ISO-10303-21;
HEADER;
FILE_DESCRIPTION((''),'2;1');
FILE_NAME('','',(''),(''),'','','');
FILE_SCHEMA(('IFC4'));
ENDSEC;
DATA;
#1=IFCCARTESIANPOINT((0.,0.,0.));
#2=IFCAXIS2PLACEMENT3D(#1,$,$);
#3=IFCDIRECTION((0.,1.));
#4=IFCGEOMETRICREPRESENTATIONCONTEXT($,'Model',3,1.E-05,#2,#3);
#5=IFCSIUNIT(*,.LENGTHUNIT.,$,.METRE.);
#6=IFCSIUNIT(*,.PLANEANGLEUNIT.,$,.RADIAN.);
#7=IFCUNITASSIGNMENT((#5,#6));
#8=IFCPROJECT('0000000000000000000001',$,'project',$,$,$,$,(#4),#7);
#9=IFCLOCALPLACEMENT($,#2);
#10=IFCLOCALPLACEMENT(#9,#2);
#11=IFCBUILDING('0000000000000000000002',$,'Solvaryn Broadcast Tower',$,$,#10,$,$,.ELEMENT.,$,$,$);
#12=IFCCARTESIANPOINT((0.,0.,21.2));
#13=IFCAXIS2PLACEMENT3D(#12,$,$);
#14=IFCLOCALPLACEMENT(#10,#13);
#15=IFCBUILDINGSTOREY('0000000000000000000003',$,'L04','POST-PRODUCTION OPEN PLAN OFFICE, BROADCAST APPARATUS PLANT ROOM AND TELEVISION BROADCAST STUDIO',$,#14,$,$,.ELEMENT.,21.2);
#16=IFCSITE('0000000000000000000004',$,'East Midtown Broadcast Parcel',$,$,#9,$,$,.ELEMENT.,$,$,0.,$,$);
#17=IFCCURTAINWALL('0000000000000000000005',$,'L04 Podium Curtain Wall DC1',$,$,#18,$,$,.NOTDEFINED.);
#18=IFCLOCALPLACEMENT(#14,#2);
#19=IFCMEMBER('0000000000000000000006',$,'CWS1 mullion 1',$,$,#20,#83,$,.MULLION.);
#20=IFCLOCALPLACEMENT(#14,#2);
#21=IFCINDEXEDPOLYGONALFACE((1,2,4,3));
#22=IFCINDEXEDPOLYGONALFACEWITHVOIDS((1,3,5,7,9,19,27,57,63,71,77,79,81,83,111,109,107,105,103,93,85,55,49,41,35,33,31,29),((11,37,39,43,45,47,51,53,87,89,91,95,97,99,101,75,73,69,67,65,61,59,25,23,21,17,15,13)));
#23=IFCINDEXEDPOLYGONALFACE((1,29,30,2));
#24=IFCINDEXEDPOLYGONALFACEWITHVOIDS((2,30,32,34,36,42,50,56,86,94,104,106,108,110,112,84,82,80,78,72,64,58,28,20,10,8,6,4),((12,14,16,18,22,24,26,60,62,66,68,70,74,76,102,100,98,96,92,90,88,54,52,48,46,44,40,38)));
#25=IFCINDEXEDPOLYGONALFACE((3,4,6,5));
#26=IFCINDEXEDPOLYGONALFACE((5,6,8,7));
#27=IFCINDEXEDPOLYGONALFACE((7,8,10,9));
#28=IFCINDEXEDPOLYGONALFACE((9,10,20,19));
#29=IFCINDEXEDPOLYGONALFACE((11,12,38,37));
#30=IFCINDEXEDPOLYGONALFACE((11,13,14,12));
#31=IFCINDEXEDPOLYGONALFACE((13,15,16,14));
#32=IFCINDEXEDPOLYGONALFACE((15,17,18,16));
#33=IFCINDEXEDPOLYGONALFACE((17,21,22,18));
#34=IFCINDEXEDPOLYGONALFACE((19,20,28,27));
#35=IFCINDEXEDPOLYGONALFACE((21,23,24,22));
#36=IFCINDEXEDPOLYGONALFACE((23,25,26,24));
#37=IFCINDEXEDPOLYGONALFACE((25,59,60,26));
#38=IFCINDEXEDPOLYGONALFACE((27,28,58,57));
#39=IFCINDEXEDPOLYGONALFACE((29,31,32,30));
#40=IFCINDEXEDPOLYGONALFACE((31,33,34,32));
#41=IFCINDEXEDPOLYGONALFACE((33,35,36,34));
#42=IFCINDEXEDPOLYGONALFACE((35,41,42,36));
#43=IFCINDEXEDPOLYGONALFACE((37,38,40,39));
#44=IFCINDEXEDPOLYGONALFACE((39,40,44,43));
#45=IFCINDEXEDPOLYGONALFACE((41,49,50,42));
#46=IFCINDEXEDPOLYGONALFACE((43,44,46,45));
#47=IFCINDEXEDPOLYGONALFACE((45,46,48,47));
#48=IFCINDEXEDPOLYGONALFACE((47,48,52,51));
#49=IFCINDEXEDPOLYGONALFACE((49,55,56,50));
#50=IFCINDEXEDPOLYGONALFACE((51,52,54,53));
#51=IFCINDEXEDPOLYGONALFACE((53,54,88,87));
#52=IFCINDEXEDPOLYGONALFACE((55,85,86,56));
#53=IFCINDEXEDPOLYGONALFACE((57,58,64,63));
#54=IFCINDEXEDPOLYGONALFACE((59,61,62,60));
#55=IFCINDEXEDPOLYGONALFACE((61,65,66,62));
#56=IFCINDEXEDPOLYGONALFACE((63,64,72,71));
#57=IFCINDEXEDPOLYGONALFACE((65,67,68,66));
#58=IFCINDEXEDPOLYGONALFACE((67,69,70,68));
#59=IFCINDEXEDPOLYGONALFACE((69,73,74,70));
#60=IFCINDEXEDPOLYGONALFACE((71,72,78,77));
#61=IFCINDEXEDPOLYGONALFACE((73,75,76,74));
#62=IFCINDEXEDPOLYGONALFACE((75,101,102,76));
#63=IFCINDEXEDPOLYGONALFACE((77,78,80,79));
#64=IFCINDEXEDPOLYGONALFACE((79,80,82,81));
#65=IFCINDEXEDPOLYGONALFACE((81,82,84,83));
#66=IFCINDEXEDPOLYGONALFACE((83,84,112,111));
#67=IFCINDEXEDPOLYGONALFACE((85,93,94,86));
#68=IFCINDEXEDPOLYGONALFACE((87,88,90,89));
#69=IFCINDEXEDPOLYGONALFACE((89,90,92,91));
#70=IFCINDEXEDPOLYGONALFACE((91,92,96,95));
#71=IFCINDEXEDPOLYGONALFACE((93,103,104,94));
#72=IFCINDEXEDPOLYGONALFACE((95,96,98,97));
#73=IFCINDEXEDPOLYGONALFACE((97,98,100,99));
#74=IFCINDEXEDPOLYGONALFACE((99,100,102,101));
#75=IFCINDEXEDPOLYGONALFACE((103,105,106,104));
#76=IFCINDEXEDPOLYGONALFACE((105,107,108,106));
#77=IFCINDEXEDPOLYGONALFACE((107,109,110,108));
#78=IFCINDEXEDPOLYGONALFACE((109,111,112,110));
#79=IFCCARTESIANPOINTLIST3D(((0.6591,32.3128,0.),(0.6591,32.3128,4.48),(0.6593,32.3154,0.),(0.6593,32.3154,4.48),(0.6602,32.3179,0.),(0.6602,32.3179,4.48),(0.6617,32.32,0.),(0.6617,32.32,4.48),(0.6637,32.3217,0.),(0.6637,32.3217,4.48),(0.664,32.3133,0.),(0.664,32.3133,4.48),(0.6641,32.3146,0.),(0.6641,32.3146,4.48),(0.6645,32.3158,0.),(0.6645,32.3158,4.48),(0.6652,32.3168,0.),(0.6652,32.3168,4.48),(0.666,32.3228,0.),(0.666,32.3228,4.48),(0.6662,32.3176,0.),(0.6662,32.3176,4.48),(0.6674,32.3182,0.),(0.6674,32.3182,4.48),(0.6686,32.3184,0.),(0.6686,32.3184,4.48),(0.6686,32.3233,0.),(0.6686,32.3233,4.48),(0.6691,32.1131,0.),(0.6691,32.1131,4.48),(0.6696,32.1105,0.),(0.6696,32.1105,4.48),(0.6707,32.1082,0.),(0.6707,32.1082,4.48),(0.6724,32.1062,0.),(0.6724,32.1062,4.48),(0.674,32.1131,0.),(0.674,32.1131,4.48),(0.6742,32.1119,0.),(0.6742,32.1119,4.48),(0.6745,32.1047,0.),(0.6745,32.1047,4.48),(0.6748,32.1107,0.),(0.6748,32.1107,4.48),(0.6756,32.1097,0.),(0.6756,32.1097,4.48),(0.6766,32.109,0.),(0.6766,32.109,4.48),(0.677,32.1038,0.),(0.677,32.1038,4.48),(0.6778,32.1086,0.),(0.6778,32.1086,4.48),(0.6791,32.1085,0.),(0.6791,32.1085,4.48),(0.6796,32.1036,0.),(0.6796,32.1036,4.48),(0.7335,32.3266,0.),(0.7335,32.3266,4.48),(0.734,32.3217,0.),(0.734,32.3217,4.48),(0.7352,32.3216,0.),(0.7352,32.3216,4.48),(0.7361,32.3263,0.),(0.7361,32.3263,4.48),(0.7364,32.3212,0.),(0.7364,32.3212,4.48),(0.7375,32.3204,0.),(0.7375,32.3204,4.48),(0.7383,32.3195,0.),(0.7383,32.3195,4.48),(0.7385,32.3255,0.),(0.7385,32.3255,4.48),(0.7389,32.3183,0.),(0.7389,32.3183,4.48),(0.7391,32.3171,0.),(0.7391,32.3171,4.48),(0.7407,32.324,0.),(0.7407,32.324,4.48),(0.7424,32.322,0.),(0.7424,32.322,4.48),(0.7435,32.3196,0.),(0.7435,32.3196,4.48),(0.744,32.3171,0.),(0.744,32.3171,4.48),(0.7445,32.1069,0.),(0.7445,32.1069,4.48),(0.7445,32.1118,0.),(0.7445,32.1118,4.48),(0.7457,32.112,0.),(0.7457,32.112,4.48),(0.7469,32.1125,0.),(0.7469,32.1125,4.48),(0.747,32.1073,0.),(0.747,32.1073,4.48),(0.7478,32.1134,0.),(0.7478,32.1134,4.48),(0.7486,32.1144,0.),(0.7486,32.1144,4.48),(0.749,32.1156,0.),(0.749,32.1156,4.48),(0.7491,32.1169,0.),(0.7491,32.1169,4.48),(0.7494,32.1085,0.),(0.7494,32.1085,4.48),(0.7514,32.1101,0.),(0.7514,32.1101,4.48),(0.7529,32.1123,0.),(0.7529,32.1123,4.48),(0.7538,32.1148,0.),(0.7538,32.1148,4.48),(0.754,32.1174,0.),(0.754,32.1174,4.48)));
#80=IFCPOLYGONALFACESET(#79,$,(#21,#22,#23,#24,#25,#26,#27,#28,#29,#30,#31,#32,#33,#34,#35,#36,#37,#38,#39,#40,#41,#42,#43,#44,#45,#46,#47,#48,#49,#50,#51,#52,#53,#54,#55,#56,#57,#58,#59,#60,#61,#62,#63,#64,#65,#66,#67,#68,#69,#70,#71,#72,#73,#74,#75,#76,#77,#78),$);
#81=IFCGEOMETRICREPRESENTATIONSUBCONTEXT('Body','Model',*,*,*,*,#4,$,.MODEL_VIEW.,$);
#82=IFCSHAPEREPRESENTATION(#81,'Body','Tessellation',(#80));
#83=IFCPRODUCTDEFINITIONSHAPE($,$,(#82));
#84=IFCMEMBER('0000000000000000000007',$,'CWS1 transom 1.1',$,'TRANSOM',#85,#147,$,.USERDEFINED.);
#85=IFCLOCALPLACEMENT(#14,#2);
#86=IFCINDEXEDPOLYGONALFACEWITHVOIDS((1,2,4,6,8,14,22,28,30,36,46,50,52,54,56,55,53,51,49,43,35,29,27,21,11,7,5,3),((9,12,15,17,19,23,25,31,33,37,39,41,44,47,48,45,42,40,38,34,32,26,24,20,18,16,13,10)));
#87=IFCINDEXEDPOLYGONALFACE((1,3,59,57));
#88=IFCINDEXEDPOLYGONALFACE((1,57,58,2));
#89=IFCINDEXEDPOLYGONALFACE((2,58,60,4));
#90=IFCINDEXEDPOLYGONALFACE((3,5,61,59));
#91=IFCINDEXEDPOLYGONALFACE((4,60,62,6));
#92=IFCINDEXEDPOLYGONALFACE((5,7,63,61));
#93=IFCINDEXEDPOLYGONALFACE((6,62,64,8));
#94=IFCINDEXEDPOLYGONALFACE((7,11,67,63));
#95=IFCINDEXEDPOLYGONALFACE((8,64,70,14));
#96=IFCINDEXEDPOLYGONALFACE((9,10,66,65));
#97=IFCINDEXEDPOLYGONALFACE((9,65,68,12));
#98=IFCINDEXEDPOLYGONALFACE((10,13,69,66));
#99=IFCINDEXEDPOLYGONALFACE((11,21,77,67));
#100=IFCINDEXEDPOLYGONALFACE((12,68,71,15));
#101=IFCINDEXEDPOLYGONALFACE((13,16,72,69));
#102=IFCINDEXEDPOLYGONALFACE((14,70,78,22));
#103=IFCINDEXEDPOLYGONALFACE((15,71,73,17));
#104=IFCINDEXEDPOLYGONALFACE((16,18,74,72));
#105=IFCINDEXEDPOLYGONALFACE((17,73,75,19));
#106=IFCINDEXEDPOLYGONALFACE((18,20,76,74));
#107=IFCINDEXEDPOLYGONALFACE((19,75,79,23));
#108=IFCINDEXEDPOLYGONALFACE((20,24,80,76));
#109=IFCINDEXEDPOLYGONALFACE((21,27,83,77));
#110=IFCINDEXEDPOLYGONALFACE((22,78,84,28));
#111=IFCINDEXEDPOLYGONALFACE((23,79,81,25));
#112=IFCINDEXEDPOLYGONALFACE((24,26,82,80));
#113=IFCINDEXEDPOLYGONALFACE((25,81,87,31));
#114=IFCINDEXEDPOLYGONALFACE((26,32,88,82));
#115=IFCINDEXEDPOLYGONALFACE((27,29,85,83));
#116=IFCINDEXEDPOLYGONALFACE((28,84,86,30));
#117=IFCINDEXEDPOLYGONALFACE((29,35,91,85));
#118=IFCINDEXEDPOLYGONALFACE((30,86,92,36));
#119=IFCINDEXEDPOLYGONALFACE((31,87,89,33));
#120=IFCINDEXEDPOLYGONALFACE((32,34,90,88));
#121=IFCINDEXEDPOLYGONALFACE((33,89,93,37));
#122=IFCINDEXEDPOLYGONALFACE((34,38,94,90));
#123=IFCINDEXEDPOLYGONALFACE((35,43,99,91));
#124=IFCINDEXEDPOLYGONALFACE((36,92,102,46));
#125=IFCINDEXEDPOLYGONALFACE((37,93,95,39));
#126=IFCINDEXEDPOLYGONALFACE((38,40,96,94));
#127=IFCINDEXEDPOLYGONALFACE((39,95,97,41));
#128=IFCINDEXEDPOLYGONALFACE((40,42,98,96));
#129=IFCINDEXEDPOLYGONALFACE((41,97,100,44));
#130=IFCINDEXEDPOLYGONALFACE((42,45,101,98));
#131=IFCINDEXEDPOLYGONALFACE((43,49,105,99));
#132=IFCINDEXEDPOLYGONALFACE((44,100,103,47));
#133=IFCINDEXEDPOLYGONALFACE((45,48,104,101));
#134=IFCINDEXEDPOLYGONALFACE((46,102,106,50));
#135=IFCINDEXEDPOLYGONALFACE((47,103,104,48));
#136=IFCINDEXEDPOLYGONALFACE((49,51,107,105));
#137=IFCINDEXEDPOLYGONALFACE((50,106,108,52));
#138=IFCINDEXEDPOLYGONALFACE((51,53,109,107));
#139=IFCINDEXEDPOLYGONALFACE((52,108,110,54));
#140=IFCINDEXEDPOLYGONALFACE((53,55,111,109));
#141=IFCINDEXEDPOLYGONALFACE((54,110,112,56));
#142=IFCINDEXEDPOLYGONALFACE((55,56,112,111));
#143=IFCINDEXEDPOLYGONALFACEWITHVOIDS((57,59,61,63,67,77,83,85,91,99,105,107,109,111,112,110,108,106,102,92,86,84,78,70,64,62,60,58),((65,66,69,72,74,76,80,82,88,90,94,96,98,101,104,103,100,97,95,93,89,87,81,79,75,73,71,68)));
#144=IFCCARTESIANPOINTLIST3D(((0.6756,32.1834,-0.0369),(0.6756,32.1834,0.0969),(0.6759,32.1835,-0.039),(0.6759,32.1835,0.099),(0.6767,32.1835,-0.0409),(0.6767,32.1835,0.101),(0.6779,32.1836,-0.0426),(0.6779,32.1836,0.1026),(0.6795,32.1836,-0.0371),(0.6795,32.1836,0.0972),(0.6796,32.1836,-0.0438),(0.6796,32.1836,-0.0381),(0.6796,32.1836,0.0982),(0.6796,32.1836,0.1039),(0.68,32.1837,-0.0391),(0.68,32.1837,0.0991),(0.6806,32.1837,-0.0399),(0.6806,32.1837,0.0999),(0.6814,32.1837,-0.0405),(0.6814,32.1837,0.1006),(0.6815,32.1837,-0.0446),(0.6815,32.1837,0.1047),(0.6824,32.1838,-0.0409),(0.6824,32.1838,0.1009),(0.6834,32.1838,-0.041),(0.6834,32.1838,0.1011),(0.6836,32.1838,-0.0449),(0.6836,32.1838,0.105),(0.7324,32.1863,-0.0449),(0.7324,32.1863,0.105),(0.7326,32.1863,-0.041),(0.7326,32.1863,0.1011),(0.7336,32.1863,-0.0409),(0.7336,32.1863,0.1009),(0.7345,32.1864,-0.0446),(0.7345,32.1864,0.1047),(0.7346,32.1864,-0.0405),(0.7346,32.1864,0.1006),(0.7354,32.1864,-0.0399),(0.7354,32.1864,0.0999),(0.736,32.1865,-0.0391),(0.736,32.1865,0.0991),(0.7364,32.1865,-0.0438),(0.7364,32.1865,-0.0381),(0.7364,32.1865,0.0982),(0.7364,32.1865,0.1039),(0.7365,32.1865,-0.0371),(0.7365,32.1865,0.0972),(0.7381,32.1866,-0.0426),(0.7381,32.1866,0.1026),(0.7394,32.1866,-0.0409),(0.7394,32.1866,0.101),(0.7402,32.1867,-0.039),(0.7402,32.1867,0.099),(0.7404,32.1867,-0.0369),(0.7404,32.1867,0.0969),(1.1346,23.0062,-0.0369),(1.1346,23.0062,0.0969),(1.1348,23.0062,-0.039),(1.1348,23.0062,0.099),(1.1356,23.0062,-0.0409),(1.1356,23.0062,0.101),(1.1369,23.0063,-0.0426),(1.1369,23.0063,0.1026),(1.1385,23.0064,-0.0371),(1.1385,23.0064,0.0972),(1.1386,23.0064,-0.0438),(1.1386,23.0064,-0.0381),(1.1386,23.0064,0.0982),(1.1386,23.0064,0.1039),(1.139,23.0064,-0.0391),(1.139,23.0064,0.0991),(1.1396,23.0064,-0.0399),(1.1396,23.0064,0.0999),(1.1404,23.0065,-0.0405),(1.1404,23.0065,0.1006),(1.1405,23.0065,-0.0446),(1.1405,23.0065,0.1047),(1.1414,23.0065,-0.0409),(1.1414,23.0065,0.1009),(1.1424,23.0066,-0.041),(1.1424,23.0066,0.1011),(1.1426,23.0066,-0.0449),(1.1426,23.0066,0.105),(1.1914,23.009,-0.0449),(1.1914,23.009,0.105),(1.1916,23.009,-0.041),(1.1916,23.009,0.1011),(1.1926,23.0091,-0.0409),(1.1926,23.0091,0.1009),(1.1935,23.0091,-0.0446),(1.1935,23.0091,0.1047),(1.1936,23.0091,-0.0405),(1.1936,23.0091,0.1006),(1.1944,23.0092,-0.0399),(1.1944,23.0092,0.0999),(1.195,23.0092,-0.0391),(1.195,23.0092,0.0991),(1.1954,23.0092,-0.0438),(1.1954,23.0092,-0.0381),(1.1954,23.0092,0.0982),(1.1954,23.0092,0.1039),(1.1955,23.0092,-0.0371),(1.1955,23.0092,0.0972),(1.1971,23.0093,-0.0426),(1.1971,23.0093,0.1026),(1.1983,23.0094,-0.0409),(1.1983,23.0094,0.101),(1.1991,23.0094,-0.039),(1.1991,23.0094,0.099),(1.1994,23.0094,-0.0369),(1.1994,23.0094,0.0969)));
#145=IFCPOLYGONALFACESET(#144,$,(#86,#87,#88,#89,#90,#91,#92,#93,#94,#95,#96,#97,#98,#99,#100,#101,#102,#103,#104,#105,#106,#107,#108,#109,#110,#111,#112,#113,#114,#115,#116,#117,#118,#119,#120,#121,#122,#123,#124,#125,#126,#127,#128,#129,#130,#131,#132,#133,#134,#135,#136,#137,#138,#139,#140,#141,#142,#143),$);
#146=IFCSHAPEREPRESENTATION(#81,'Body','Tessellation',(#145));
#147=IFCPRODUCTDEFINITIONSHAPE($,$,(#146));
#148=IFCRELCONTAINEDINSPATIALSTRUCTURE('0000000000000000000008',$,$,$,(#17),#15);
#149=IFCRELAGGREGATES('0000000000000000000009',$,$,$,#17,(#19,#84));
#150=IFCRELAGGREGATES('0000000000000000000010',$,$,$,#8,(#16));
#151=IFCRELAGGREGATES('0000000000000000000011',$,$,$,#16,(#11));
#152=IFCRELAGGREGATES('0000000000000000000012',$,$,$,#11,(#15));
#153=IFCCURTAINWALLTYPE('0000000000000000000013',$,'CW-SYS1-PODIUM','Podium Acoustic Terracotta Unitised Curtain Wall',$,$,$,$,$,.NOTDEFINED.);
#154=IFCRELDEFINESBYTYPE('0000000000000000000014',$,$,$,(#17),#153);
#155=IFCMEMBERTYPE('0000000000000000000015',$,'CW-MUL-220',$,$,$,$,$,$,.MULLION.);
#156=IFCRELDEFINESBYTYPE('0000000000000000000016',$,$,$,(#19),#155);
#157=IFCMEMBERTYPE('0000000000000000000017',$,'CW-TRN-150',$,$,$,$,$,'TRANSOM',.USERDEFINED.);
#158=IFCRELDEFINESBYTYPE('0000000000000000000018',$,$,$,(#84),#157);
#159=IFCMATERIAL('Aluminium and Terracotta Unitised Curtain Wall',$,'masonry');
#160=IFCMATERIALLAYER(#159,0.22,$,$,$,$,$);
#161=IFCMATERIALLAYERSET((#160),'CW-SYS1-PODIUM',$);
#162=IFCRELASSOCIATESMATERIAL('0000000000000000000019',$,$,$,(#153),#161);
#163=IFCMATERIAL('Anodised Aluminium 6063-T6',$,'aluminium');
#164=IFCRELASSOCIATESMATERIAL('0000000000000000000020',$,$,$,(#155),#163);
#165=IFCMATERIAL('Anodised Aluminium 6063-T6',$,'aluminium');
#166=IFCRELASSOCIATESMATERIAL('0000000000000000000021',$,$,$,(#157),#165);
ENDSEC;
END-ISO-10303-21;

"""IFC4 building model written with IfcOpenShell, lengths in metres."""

from ifc_helpers import new_model, si_unit, direction, frame, origin, origin_2d, place, context, subcontext, project, spatial, hollow_rectangle, extrude, material, layer, layer_set, material_profile, profile_set, type_object, element, aggregate, save


model = new_model("IFC4")

# Units and contexts
model_context = context("Model", 3, precision=1e-05, world=origin(), true_north=direction((0.0, 1.0)))
body_context = subcontext(model_context, "Body", "Model", "MODEL_VIEW")
ifc_project = project(units=[si_unit("LENGTHUNIT", "METRE"), si_unit("PLANEANGLEUNIT", "RADIAN")], contexts=[model_context])

# Site, building, storey
site_placement = place(None, origin())
site = spatial("IfcSite", under=ifc_project, at=site_placement, Name="East Midtown Broadcast Parcel", CompositionType="ELEMENT", RefElevation=0.0)
building_placement = place(site_placement, origin())
building = spatial("IfcBuilding", under=site, at=building_placement, Name="Solvaryn Broadcast Tower", CompositionType="ELEMENT")
storey_placement = place(building_placement, frame((0.0, 0.0, 21.2)))
storey = spatial("IfcBuildingStorey", under=building, at=storey_placement, Name="L04", Description="POST-PRODUCTION OPEN PLAN OFFICE, BROADCAST APPARATUS PLANT ROOM AND TELEVISION BROADCAST STUDIO", CompositionType="ELEMENT", Elevation=21.2)

# Curtain wall, members
ifc_material_1 = material(Name="Aluminium and Terracotta Unitised Curtain Wall", Category="masonry")
ifc_layer_1 = layer(ifc_material_1, 0.22)
ifc_layer_set_1 = layer_set([ifc_layer_1], Name="CW-SYS1-PODIUM")
curtain_wall_type = type_object("IfcCurtainWallType", Name="CW-SYS1-PODIUM", Description="Podium Acoustic Terracotta Unitised Curtain Wall", PredefinedType="NOTDEFINED", material=ifc_layer_set_1)
curtain_wall_placement = place(storey_placement, origin())
curtain_wall = element("IfcCurtainWall", 1, at=curtain_wall_placement, inside=storey, type_object=curtain_wall_type, Name="L04 Podium Curtain Wall DC1", PredefinedType="NOTDEFINED")
ifc_material_2 = material(Name="Anodised Aluminium 6063-T6", Category="aluminium")
ifc_material_profile_1 = material_profile(ifc_material_2, hollow_rectangle(XDim=0.085, YDim=0.22, WallThickness=0.0049, InnerFilletRadius=0.0049, OuterFilletRadius=0.01, at=origin_2d()))
ifc_profile_set_1 = profile_set([ifc_material_profile_1], Name="Anodised Aluminium 6063-T6")
member_type_1 = type_object("IfcMemberType", Name="CW-MUL-220", PredefinedType="MULLION", material=ifc_profile_set_1)
member_1_placement = place(storey_placement, frame((0.7065, 32.2151, 0.0), z_axis=(0.0, 0.0, 1.0), x_axis=(0.998752, 0.049954, 0.0)))
member_1 = element("IfcMember", 2, at=member_1_placement, type_object=member_type_1, Name="CWS1 mullion 1", PredefinedType="MULLION", context=body_context, shape_type="SweptSolid", body=[
    extrude(hollow_rectangle(XDim=0.085, YDim=0.22, WallThickness=0.0049, InnerFilletRadius=0.0049, OuterFilletRadius=0.01, at=origin_2d()), origin(), (0.0, 0.0, 1.0), 4.48),
])
ifc_material_3 = material(Name="Anodised Aluminium 6063-T6", Category="aluminium")
ifc_material_profile_2 = material_profile(ifc_material_3, hollow_rectangle(XDim=0.0649, YDim=0.1499, WallThickness=0.0039, InnerFilletRadius=0.0039, OuterFilletRadius=0.0081, at=origin_2d()))
ifc_profile_set_2 = profile_set([ifc_material_profile_2], Name="Anodised Aluminium 6063-T6")
member_type_2 = type_object("IfcMemberType", Name="CW-TRN-150", ElementType="TRANSOM", PredefinedType="USERDEFINED", material=ifc_profile_set_2)
member_2_placement = place(storey_placement, frame((0.708, 32.1851, 0.03), z_axis=(0.049951, -0.998752, 0.0), x_axis=(0.998752, 0.049951, 0.0)))
member_2 = element("IfcMember", 3, at=member_2_placement, type_object=member_type_2, Name="CWS1 transom 1.1", ObjectType="TRANSOM", PredefinedType="USERDEFINED", context=body_context, shape_type="SweptSolid", body=[
    extrude(hollow_rectangle(XDim=0.0649, YDim=0.1499, WallThickness=0.0039, InnerFilletRadius=0.0039, OuterFilletRadius=0.0081, at=origin_2d()), origin(), (0.0, 0.0, 1.0), 9.1887),
])
aggregate(curtain_wall, [member_1, member_2])

save(model, "model.ifc")
